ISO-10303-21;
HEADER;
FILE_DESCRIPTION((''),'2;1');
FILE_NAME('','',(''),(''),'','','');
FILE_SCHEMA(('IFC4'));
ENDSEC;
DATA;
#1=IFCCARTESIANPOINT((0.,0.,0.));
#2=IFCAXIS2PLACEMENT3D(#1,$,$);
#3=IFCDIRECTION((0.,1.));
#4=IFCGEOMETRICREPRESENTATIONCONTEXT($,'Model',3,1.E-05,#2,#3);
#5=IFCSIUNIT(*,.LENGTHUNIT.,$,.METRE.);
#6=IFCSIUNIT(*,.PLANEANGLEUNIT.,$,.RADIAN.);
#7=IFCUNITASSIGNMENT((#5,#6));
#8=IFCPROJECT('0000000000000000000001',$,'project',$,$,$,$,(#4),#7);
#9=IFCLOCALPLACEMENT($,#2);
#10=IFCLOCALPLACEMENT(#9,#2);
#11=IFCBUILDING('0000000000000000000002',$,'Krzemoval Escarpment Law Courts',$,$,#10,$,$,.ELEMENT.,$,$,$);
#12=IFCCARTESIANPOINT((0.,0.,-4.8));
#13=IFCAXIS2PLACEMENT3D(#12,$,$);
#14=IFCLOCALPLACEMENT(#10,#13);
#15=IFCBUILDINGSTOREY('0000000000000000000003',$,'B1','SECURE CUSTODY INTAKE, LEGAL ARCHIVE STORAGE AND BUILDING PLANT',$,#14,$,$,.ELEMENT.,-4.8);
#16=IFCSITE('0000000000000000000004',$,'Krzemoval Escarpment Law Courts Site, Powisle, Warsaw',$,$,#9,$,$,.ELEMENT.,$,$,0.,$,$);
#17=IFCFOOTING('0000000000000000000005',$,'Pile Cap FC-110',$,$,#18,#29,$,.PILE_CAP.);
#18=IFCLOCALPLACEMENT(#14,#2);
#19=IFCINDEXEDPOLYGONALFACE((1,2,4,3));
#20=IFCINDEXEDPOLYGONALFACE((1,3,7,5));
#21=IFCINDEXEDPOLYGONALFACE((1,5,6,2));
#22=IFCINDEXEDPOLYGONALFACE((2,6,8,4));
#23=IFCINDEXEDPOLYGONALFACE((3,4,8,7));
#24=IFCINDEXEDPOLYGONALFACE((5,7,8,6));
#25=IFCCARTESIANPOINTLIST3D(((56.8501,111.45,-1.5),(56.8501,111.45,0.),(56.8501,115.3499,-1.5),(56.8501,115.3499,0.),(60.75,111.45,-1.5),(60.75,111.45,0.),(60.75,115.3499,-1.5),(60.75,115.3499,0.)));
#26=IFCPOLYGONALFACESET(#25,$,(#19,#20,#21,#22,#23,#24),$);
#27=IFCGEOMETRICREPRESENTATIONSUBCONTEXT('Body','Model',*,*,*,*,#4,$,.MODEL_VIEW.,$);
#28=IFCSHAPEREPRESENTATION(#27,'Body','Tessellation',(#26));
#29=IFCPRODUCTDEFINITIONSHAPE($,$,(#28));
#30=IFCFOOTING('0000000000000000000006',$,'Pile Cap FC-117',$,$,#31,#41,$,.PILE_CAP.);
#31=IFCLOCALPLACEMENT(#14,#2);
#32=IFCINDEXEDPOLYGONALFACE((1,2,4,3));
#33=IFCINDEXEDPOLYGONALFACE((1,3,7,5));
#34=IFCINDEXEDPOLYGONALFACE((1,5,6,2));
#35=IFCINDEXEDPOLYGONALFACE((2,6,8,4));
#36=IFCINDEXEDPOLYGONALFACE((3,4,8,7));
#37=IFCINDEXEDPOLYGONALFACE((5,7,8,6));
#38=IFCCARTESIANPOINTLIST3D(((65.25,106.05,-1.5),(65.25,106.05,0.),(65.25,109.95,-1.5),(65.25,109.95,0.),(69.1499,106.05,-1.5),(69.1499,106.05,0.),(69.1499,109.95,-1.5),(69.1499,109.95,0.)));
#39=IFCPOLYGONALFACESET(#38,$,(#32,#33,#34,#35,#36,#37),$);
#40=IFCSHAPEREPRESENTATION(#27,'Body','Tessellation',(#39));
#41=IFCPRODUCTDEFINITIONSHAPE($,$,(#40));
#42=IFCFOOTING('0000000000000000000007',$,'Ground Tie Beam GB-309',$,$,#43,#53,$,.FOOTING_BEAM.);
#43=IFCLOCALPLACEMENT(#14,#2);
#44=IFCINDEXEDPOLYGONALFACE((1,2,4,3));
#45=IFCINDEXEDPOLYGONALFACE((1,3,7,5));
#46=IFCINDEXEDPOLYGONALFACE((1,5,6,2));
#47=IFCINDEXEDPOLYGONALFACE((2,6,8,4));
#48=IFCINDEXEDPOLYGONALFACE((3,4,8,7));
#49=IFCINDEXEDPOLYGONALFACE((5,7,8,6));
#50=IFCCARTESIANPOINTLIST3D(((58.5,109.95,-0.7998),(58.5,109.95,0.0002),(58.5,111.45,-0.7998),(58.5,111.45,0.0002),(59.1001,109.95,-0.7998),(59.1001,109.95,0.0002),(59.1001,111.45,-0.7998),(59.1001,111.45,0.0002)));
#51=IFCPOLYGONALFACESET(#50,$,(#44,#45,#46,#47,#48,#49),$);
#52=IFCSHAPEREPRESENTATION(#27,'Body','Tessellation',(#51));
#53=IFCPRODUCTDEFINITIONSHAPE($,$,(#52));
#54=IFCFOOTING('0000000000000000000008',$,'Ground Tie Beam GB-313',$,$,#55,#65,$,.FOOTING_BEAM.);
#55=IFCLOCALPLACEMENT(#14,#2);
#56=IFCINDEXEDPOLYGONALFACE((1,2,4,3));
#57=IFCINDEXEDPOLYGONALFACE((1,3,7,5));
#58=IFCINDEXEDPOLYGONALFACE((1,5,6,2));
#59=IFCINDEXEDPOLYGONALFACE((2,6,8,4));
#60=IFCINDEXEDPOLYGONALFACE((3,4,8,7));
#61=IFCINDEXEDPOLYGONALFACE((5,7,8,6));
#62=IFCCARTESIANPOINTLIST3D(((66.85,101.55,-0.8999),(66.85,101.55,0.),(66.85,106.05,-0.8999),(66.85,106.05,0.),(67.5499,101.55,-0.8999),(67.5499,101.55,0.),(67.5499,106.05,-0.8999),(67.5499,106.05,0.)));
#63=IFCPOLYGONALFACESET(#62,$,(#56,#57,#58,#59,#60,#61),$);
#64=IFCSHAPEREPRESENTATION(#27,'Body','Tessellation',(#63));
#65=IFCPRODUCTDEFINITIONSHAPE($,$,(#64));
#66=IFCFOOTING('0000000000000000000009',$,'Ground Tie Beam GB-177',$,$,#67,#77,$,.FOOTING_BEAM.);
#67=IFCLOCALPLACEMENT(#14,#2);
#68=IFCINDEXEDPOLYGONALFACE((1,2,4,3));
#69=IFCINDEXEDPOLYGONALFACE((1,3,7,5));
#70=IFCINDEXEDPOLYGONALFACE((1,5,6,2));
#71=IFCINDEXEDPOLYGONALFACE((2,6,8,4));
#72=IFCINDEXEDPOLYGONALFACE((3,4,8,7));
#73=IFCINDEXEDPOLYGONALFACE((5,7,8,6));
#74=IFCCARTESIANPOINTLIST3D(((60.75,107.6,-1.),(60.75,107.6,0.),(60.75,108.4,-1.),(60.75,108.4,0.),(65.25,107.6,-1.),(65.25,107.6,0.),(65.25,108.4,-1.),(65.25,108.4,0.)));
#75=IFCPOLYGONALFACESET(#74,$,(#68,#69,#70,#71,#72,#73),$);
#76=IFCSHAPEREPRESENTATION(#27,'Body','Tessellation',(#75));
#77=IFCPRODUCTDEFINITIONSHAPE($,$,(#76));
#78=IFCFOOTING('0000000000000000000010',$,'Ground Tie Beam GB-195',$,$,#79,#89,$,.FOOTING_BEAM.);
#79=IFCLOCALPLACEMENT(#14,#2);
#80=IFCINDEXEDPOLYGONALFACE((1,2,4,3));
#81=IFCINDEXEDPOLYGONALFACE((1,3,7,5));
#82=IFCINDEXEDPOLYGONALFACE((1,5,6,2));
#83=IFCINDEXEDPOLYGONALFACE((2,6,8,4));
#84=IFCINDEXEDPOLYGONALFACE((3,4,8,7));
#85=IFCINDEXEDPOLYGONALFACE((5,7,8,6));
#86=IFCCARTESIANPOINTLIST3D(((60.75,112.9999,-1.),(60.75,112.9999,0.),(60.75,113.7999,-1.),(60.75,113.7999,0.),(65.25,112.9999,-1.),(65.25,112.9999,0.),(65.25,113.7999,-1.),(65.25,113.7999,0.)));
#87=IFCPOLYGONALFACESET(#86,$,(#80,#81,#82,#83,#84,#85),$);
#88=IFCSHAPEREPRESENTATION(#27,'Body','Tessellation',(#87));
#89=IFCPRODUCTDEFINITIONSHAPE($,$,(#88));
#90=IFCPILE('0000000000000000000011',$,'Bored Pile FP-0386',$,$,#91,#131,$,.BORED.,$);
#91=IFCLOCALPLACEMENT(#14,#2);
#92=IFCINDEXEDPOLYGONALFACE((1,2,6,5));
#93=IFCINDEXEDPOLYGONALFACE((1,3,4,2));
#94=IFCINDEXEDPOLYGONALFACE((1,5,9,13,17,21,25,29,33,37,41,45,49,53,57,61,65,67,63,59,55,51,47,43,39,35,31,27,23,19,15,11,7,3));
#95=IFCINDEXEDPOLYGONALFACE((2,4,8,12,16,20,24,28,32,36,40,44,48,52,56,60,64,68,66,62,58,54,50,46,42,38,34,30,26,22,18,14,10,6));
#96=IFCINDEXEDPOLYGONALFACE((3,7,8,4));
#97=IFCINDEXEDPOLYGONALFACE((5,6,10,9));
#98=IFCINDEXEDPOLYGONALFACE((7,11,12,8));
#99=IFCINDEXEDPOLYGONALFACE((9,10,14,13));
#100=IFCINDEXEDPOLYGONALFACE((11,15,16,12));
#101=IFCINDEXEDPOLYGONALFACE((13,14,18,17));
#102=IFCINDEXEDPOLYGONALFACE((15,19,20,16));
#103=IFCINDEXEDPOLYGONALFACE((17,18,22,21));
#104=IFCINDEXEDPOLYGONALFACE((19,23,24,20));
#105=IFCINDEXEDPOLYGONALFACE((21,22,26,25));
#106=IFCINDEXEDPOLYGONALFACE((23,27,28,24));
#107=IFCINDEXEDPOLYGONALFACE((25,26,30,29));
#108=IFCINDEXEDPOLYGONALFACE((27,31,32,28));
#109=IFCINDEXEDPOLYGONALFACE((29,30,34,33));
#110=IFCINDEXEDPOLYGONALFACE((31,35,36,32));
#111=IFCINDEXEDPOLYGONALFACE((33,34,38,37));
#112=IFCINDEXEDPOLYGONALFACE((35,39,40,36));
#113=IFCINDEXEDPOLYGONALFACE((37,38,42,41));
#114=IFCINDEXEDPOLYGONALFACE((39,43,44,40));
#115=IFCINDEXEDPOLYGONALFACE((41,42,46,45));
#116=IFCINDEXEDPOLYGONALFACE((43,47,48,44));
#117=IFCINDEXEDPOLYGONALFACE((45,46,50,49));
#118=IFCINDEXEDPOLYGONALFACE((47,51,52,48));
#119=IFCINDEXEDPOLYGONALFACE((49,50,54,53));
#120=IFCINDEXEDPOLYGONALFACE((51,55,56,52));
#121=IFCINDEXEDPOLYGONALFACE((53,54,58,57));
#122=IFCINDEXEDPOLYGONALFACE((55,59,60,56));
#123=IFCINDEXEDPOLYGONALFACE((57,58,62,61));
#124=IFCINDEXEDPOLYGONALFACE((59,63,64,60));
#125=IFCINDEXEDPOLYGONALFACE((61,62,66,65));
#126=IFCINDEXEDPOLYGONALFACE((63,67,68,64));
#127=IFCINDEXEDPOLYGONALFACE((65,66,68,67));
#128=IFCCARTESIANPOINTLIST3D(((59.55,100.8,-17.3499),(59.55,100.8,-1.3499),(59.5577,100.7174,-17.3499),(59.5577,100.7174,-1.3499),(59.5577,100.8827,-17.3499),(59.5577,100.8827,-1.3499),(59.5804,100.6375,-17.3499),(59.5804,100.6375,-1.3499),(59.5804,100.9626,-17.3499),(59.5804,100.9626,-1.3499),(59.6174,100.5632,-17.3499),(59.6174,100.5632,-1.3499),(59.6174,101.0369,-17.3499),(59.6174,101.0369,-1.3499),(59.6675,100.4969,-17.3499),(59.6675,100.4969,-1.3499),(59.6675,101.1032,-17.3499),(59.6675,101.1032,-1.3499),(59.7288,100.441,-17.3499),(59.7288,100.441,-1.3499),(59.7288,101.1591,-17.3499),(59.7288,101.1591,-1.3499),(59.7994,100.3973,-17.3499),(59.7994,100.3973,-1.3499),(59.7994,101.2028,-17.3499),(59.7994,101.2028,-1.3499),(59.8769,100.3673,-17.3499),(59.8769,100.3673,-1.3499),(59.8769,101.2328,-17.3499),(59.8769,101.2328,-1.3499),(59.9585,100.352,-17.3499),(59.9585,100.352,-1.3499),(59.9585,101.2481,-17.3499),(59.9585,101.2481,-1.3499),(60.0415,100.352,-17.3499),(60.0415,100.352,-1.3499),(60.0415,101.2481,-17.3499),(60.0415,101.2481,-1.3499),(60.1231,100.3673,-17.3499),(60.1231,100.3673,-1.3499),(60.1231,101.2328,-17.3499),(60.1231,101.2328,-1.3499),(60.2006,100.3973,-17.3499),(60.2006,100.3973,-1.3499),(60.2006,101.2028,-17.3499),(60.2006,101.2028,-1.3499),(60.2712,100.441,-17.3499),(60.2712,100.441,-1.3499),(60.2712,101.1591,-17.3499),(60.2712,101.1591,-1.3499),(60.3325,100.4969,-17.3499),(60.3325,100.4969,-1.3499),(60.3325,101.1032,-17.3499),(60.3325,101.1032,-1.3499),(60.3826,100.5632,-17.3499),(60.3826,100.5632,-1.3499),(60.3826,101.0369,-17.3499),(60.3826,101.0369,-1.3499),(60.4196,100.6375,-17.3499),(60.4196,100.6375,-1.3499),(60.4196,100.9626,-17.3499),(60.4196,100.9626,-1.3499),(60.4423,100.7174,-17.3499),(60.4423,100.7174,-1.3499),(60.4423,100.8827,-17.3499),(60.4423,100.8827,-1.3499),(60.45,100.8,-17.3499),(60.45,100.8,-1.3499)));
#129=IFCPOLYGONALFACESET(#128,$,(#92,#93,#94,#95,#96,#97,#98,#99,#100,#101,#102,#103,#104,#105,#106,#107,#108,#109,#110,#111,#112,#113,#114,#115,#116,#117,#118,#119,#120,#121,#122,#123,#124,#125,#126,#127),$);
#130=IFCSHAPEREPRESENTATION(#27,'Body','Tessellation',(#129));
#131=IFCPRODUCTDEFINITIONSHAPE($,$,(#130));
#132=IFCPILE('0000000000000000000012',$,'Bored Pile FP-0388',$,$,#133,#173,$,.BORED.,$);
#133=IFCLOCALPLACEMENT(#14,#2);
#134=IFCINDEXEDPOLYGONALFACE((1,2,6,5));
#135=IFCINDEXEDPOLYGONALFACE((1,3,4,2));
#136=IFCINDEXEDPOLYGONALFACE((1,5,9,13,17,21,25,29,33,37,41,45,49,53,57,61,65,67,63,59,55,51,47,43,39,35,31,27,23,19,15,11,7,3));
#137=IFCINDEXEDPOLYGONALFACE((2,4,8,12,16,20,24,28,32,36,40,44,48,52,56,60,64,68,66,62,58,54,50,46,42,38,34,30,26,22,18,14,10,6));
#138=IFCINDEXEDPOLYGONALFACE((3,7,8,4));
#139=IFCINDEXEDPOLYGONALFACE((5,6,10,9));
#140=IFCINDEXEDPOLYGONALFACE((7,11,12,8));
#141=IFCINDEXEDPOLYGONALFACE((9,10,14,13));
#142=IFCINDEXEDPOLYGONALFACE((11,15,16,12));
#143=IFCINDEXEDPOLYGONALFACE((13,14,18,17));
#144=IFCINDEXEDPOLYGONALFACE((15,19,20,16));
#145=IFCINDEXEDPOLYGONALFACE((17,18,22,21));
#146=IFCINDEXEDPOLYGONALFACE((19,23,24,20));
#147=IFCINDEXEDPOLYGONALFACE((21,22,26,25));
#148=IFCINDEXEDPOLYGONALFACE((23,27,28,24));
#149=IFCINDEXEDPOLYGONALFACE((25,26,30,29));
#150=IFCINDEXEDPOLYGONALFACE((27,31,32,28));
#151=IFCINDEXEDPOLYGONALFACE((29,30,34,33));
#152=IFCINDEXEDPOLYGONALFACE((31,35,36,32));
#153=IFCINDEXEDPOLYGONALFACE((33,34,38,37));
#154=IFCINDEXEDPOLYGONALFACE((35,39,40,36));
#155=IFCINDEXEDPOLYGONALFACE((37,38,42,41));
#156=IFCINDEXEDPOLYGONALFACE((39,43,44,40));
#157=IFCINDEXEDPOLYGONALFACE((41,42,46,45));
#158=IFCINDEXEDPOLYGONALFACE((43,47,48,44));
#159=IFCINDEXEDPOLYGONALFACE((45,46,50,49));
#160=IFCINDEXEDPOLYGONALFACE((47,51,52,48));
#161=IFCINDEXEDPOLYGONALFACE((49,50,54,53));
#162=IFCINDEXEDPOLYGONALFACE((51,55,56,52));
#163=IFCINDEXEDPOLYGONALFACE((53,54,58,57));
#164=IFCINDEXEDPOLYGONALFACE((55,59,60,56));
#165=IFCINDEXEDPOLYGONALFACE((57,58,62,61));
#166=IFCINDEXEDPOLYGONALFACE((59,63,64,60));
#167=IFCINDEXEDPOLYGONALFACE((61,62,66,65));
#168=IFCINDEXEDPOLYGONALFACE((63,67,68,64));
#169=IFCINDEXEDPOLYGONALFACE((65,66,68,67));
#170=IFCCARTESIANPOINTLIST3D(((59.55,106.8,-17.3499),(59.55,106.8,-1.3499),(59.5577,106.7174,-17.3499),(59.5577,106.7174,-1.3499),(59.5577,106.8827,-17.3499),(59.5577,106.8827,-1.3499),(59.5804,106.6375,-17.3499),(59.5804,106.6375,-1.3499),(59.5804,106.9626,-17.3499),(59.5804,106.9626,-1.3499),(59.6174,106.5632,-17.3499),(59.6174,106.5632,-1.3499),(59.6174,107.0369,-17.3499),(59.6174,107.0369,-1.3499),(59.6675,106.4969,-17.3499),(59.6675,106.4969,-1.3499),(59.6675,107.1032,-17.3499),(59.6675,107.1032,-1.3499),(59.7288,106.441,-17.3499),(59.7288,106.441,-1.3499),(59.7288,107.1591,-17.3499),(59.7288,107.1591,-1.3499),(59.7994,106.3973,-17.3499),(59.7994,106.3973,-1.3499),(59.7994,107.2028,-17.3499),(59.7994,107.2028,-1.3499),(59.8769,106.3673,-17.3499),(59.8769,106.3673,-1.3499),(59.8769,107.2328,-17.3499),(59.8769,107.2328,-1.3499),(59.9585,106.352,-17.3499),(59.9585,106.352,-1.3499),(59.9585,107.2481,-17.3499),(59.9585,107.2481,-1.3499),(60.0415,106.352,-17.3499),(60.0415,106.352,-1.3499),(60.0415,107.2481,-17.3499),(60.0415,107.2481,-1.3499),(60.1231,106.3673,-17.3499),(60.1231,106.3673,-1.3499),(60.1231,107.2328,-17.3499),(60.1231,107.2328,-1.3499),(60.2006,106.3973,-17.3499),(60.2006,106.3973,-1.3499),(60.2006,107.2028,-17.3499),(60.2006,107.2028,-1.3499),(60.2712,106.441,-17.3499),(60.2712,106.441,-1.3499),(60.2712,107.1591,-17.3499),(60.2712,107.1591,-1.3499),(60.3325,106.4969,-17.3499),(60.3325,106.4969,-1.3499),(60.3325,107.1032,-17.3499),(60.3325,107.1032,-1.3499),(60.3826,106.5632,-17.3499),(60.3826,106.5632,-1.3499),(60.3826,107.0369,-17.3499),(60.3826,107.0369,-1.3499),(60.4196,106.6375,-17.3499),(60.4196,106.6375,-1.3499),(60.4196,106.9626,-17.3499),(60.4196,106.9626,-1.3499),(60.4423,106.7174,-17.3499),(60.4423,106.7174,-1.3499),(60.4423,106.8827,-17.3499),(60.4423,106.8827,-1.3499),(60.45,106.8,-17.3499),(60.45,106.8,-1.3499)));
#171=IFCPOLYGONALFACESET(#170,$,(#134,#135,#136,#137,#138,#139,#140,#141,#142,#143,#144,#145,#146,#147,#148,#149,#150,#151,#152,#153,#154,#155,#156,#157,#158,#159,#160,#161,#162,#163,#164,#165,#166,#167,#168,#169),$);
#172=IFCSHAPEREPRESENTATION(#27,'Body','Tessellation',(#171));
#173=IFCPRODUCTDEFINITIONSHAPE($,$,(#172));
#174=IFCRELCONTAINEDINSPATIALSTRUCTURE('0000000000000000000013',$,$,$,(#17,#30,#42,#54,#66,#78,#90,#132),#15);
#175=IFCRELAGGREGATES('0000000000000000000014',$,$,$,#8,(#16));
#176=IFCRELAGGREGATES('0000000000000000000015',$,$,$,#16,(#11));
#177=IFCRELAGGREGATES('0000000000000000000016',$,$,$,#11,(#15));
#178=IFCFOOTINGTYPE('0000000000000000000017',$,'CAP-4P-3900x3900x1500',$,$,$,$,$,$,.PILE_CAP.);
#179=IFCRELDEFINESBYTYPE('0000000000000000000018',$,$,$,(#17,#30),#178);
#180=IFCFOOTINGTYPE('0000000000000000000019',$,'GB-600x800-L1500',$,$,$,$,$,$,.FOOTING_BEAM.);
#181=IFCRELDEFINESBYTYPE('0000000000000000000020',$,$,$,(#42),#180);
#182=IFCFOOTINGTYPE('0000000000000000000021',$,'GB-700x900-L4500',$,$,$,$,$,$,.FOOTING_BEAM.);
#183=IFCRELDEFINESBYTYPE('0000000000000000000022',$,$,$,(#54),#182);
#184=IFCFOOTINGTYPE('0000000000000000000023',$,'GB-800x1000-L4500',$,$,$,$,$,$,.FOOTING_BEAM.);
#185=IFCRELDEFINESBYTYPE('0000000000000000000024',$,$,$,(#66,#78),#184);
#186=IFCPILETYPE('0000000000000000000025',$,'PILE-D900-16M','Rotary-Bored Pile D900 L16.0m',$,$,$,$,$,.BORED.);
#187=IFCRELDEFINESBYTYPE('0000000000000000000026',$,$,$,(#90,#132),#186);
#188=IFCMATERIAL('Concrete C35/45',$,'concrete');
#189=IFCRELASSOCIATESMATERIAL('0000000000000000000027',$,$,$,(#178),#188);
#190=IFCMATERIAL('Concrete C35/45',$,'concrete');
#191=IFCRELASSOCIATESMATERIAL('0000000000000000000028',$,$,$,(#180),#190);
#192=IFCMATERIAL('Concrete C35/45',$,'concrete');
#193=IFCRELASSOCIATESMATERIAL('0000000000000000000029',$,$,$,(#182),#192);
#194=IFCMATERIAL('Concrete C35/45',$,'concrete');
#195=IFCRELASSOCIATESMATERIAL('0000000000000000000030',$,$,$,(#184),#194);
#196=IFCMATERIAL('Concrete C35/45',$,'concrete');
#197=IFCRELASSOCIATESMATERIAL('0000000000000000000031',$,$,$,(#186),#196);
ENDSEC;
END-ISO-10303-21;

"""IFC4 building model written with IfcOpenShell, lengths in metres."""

from ifc_helpers import new_model, si_unit, direction, frame, origin, origin_2d, place, context, subcontext, project, spatial, rectangle, circle, extrude, material, material_profile, profile_set, type_object, element, save


model = new_model("IFC4")

# Units and contexts
model_context = context("Model", 3, precision=1e-05, world=origin(), true_north=direction((0.0, 1.0)))
body_context = subcontext(model_context, "Body", "Model", "MODEL_VIEW")
ifc_project = project(units=[si_unit("LENGTHUNIT", "METRE"), si_unit("PLANEANGLEUNIT", "RADIAN")], contexts=[model_context])

# Site, building, storey
site_placement = place(None, origin())
site = spatial("IfcSite", under=ifc_project, at=site_placement, Name="Krzemoval Escarpment Law Courts Site, Powisle, Warsaw", CompositionType="ELEMENT", RefElevation=0.0)
building_placement = place(site_placement, origin())
building = spatial("IfcBuilding", under=site, at=building_placement, Name="Krzemoval Escarpment Law Courts", CompositionType="ELEMENT")
storey_placement = place(building_placement, frame((0.0, 0.0, -4.8)))
storey = spatial("IfcBuildingStorey", under=building, at=storey_placement, Name="B1", Description="SECURE CUSTODY INTAKE, LEGAL ARCHIVE STORAGE AND BUILDING PLANT", CompositionType="ELEMENT", Elevation=-4.8)

# Footings
ifc_material_1 = material(Name="Concrete C35/45", Category="concrete")
footing_type_1 = type_object("IfcFootingType", Name="CAP-4P-3900x3900x1500", PredefinedType="PILE_CAP", material=ifc_material_1)
for number, where, z_axis, x_axis, name in (
    (1, (58.8, 113.3999, -1.5), (0.0, 0.0, 1.0), (1.0, 0.0, 0.0), "Pile Cap FC-110"),
    (2, (67.2, 108.0, -1.5), (0.0, 0.0, 1.0), (1.0, 0.0, 0.0), "Pile Cap FC-117"),
):
    element("IfcFooting", number, at=place(storey_placement, frame(where, z_axis=z_axis, x_axis=x_axis)), inside=storey, type_object=footing_type_1, Name=name, PredefinedType="PILE_CAP", context=body_context, shape_type="SweptSolid", body=[
        extrude(rectangle(XDim=3.8999, YDim=3.8999, at=origin_2d()), origin(), (0.0, 0.0, 1.0), 1.5),
    ])
ifc_material_2 = material(Name="Concrete C35/45", Category="concrete")
footing_type_2 = type_object("IfcFootingType", Name="GB-600x800-L1500", PredefinedType="FOOTING_BEAM", material=ifc_material_2)
footing_1_placement = place(storey_placement, frame((58.8, 110.7, -0.7998), z_axis=(0.0, 0.0, 1.0), x_axis=(0.0, 1.0, 0.0)))
element("IfcFooting", 3, at=footing_1_placement, inside=storey, type_object=footing_type_2, Name="Ground Tie Beam GB-309", PredefinedType="FOOTING_BEAM", context=body_context, shape_type="SweptSolid", body=[
    extrude(rectangle(XDim=1.5, YDim=0.6001, at=origin_2d()), origin(), (0.0, 0.0, 1.0), 0.8),
])
ifc_material_3 = material(Name="Concrete C35/45", Category="concrete")
footing_type_3 = type_object("IfcFootingType", Name="GB-700x900-L4500", PredefinedType="FOOTING_BEAM", material=ifc_material_3)
footing_2_placement = place(storey_placement, frame((67.2, 103.8, -0.8999), z_axis=(0.0, 0.0, 1.0), x_axis=(0.0, 1.0, 0.0)))
element("IfcFooting", 4, at=footing_2_placement, inside=storey, type_object=footing_type_3, Name="Ground Tie Beam GB-313", PredefinedType="FOOTING_BEAM", context=body_context, shape_type="SweptSolid", body=[
    extrude(rectangle(XDim=4.5, YDim=0.7, at=origin_2d()), origin(), (0.0, 0.0, 1.0), 0.8999),
])
ifc_material_4 = material(Name="Concrete C35/45", Category="concrete")
footing_type_4 = type_object("IfcFootingType", Name="GB-800x1000-L4500", PredefinedType="FOOTING_BEAM", material=ifc_material_4)
for number, where, z_axis, x_axis, name in (
    (5, (63.0, 108.0, -1.0), (0.0, 0.0, 1.0), (1.0, 0.0, 0.0), "Ground Tie Beam GB-177"),
    (6, (63.0, 113.3999, -1.0), (0.0, 0.0, 1.0), (1.0, 0.0, 0.0), "Ground Tie Beam GB-195"),
):
    element("IfcFooting", number, at=place(storey_placement, frame(where, z_axis=z_axis, x_axis=x_axis)), inside=storey, type_object=footing_type_4, Name=name, PredefinedType="FOOTING_BEAM", context=body_context, shape_type="SweptSolid", body=[
        extrude(rectangle(XDim=4.5, YDim=0.8, at=origin_2d()), origin(), (0.0, 0.0, 1.0), 1.0),
    ])

# Piles
ifc_material_5 = material(Name="Concrete C35/45", Category="concrete")
ifc_material_profile_1 = material_profile(ifc_material_5, circle(Radius=0.45, at=origin_2d()), Name="PILE D900")
ifc_profile_set_1 = profile_set([ifc_material_profile_1], Name="Concrete C35/45")
pile_type = type_object("IfcPileType", Name="PILE-D900-16M", Description="Rotary-Bored Pile D900 L16.0m", PredefinedType="BORED", material=ifc_profile_set_1)
for number, where, z_axis, x_axis, name in (
    (7, (60.0, 100.8, -1.3499), (0.0, 0.0, -1.0), (1.0, 0.0, 0.0), "Bored Pile FP-0386"),
    (8, (60.0, 106.8, -1.3499), (0.0, 0.0, -1.0), (1.0, 0.0, 0.0), "Bored Pile FP-0388"),
):
    element("IfcPile", number, at=place(storey_placement, frame(where, z_axis=z_axis, x_axis=x_axis)), inside=storey, type_object=pile_type, Name=name, PredefinedType="BORED", context=body_context, shape_type="SweptSolid", body=[
        extrude(circle(Radius=0.45, at=origin_2d()), origin(), (0.0, 0.0, 1.0), 16.0),
    ])

save(model, "model.ifc")
